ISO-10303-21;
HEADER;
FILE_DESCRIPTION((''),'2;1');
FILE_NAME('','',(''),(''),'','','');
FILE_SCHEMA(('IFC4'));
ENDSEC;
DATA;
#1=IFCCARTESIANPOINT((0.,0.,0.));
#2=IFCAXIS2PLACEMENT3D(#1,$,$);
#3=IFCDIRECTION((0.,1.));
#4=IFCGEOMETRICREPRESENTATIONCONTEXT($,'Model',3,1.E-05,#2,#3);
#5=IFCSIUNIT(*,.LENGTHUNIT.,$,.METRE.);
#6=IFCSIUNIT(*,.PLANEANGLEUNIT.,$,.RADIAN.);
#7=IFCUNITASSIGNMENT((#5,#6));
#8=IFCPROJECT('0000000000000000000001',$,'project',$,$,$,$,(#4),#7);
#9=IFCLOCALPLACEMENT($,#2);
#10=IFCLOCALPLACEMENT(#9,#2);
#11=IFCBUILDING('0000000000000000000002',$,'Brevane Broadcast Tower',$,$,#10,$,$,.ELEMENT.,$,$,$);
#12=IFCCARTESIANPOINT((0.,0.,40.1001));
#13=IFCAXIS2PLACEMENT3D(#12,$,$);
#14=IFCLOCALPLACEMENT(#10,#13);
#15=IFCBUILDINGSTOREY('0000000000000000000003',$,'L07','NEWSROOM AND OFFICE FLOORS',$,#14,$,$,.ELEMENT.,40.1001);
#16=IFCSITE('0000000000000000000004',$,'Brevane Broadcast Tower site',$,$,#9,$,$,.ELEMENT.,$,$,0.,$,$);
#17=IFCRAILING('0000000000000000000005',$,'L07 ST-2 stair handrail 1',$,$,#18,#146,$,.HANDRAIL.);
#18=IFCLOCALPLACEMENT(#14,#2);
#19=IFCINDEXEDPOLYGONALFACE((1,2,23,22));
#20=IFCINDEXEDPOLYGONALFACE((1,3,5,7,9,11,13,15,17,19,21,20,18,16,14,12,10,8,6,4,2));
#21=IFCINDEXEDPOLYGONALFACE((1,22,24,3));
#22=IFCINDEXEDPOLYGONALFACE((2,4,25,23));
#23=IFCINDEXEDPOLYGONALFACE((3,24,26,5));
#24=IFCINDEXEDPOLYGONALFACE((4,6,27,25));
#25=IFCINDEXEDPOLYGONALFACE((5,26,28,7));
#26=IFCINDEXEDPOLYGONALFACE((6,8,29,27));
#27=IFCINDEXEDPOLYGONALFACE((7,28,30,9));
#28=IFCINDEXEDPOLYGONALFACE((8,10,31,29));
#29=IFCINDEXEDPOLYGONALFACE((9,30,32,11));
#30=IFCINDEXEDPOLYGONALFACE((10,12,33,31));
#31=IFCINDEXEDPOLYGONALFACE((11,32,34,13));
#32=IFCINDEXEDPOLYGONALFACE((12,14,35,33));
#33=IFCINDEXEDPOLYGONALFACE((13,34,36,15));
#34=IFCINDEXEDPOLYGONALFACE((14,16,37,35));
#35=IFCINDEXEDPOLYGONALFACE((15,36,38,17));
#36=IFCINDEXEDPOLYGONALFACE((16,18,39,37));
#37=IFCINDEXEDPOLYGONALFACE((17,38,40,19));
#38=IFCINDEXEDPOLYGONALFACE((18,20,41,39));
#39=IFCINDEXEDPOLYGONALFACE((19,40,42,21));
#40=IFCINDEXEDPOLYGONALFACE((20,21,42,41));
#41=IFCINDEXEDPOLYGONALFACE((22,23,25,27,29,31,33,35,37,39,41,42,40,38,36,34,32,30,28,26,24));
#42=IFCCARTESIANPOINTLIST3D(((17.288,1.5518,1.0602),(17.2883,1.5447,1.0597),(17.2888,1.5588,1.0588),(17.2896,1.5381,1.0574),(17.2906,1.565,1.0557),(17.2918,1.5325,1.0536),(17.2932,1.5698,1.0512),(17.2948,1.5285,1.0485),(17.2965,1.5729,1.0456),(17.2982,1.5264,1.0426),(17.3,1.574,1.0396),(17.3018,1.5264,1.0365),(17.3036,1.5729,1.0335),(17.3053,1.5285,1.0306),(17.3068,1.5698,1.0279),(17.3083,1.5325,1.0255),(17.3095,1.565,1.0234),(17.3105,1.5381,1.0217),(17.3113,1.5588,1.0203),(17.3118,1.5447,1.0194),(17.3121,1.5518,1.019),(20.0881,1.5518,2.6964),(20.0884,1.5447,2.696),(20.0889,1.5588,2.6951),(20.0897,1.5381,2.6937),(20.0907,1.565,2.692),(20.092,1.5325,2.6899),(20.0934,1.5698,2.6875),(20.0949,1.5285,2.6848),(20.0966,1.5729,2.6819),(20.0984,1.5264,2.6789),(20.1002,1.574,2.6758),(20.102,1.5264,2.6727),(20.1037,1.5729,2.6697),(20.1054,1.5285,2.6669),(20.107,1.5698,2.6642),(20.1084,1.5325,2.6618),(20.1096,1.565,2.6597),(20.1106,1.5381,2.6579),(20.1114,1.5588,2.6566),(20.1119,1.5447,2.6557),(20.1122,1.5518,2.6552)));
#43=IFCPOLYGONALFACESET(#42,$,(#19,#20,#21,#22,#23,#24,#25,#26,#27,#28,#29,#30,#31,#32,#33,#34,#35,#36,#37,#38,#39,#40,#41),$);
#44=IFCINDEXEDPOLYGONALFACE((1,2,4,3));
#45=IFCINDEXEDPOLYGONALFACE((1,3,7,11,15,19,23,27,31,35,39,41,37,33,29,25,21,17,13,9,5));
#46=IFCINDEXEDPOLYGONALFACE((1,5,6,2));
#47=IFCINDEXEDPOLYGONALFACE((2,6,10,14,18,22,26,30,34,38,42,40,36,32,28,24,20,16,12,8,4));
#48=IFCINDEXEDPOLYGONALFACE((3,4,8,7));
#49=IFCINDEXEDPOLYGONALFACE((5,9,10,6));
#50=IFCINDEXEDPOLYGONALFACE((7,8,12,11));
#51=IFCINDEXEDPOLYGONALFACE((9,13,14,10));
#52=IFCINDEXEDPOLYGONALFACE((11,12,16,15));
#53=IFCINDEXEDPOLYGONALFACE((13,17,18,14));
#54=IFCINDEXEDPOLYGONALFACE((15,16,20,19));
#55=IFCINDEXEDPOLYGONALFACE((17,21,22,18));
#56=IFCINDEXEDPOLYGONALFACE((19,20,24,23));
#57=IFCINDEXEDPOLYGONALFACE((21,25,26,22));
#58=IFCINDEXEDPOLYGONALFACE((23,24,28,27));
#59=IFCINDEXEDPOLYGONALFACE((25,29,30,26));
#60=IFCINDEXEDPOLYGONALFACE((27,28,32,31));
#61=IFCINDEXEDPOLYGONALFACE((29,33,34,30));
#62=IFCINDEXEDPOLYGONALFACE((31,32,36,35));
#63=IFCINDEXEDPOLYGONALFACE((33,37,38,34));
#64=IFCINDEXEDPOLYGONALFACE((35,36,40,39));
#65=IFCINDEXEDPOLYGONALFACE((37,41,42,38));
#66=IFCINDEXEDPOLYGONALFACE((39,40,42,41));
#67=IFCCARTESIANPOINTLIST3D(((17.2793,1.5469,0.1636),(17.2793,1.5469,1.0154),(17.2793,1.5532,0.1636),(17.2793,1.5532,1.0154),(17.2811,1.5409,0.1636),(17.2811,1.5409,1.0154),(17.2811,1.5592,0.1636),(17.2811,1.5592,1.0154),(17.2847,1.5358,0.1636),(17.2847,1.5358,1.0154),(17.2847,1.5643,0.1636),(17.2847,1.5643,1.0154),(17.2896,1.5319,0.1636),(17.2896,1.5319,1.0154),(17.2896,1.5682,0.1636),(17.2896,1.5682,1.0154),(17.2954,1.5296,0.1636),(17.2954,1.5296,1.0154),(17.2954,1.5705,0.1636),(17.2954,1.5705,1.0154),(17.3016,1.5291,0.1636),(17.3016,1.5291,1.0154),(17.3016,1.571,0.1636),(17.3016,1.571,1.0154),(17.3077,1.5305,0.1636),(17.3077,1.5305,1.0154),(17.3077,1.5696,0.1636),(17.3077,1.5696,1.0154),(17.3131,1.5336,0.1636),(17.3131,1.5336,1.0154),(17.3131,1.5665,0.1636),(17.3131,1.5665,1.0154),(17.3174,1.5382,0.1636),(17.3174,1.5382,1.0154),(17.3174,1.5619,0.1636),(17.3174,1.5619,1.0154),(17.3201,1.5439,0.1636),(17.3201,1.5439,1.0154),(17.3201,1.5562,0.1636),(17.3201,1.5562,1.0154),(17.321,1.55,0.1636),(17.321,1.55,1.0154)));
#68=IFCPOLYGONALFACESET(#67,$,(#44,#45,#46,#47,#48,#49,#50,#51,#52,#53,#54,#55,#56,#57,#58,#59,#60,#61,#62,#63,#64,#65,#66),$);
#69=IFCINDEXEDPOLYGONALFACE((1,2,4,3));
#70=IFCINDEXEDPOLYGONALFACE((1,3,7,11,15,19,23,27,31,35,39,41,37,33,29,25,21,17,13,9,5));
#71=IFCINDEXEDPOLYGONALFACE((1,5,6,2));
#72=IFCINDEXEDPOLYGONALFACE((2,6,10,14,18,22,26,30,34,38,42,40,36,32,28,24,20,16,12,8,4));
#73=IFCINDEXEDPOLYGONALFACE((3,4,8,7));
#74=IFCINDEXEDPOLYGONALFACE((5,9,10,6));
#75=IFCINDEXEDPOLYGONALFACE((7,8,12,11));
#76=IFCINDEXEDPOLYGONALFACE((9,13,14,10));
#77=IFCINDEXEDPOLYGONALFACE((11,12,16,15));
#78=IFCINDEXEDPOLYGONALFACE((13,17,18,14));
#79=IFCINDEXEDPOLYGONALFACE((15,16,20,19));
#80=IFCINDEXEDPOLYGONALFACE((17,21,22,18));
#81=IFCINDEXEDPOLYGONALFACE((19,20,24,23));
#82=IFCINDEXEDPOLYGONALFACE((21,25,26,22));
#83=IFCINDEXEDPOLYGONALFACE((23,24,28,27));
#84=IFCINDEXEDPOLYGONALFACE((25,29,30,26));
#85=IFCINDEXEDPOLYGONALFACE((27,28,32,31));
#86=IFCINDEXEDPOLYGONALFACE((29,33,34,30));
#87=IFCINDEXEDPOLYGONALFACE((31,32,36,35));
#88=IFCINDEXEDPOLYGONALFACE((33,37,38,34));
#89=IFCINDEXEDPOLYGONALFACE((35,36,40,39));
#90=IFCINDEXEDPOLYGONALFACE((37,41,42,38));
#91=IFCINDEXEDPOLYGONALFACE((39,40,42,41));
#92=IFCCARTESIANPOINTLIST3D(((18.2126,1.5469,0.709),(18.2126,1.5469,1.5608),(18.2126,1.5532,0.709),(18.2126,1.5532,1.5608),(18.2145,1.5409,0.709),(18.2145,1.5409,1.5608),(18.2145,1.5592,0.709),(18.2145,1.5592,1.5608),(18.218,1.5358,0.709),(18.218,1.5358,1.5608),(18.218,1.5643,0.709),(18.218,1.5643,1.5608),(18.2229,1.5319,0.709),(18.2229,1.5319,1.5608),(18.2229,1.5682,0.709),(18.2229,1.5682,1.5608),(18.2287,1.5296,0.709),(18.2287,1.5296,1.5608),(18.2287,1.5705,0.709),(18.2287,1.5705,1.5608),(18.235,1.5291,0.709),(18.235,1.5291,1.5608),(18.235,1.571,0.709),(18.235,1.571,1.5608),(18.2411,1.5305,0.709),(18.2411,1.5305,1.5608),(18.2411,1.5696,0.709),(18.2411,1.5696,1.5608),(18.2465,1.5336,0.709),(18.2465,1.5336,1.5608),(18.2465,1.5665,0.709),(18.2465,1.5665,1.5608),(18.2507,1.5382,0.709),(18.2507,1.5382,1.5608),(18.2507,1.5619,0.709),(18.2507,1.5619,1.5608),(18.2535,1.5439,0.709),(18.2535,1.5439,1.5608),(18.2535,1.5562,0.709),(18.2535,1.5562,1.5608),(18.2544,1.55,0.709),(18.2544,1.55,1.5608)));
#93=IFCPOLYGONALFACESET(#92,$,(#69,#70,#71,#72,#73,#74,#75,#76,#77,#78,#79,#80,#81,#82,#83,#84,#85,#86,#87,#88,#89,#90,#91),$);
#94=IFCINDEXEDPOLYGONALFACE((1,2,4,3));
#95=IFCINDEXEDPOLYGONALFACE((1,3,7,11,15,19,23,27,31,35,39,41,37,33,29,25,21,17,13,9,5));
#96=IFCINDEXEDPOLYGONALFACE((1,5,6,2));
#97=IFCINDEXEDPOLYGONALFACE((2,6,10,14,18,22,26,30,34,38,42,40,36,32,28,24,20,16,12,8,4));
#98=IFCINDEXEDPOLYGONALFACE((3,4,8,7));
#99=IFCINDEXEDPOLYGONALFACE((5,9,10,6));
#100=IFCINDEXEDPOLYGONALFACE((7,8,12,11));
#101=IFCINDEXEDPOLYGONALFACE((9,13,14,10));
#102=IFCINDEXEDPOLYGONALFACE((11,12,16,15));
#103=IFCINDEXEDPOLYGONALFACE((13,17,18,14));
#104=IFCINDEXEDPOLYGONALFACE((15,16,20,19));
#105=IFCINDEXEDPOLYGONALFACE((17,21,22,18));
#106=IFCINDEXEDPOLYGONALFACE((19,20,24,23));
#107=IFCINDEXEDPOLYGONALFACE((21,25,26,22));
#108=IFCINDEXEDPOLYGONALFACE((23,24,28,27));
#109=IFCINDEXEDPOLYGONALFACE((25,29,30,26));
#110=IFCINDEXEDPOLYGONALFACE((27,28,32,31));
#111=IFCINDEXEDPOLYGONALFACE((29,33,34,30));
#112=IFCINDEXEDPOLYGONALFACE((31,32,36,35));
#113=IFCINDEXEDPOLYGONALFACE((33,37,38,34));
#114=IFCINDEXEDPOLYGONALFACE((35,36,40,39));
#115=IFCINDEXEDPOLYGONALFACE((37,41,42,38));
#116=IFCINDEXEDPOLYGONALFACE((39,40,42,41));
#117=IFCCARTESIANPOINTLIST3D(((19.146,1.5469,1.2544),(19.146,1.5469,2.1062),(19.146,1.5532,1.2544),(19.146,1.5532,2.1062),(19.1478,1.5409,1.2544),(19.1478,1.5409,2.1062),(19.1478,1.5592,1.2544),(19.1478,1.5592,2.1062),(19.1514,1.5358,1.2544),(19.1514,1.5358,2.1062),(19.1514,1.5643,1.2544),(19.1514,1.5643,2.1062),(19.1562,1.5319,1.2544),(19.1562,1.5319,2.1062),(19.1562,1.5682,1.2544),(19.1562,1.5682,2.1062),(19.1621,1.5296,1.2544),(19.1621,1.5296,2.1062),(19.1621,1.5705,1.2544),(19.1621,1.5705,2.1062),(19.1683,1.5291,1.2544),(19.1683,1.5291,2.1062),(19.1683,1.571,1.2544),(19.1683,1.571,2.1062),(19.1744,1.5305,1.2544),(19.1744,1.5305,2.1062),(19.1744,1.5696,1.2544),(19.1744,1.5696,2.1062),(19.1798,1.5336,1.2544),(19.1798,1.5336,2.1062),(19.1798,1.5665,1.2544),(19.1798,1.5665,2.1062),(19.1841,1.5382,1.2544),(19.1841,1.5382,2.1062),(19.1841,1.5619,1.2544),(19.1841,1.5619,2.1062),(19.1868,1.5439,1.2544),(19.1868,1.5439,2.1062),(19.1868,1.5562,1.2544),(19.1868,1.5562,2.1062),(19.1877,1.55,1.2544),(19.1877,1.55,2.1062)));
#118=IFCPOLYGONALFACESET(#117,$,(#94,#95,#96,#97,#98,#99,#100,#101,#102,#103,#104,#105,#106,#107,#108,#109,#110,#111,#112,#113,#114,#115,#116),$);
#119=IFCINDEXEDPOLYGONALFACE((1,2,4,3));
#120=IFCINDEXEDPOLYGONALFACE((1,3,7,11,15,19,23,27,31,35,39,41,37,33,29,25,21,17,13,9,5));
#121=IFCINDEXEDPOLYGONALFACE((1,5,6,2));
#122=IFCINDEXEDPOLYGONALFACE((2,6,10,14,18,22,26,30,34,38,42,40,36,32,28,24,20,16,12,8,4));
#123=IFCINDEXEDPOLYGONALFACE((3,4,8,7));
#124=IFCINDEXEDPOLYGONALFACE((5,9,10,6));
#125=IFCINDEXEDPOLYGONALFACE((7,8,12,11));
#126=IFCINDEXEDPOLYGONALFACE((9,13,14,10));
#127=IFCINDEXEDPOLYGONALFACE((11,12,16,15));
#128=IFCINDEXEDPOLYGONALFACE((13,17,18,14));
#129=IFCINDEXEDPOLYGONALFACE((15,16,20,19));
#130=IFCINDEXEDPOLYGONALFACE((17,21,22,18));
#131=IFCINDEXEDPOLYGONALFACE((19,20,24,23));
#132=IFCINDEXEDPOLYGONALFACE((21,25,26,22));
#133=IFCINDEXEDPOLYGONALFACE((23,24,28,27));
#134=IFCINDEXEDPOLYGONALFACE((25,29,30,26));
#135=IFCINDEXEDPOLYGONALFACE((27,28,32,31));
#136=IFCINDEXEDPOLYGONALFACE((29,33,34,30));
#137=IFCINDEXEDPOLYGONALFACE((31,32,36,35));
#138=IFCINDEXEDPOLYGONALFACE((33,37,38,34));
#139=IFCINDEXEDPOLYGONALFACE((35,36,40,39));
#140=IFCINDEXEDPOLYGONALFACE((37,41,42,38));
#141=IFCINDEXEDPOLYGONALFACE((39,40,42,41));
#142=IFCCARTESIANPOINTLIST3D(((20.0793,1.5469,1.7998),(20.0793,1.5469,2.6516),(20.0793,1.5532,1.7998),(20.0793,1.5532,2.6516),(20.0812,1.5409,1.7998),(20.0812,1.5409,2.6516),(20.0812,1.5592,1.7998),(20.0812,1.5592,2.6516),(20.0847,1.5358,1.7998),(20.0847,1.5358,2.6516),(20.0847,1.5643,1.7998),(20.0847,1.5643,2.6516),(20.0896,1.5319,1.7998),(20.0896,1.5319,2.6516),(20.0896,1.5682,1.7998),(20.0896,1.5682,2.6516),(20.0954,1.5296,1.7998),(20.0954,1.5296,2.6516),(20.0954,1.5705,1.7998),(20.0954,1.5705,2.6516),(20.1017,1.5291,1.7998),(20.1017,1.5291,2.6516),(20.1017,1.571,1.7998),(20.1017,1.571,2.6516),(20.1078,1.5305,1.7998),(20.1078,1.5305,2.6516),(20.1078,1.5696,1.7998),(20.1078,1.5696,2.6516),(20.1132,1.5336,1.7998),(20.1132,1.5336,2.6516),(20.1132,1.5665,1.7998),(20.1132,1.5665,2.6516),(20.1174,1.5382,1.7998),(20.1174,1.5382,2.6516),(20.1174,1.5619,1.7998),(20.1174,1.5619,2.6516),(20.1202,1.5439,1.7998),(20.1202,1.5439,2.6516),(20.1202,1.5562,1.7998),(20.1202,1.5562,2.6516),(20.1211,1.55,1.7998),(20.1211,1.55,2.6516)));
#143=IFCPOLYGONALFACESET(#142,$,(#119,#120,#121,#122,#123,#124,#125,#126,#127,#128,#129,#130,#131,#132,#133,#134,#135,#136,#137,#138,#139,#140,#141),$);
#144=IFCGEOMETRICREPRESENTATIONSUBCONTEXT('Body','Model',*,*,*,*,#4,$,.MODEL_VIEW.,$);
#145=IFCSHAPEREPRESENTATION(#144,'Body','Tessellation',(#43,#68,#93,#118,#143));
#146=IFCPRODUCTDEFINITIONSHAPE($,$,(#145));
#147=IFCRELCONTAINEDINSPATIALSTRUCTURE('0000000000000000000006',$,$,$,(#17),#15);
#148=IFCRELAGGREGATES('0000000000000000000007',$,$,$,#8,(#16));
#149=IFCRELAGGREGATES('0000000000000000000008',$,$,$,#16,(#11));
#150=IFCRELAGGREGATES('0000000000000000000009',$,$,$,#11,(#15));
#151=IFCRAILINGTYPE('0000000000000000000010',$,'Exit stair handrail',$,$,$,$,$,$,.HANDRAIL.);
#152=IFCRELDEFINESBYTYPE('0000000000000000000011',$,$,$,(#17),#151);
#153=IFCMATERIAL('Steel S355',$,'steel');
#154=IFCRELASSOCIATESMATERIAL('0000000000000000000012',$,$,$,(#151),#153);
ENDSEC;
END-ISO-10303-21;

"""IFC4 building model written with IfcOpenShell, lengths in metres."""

from ifc_helpers import new_model, si_unit, direction, frame, origin, origin_2d, place, context, subcontext, project, spatial, circle, extrude, material, type_object, element, save


model = new_model("IFC4")

# Units and contexts
model_context = context("Model", 3, precision=1e-05, world=origin(), true_north=direction((0.0, 1.0)))
body_context = subcontext(model_context, "Body", "Model", "MODEL_VIEW")
ifc_project = project(units=[si_unit("LENGTHUNIT", "METRE"), si_unit("PLANEANGLEUNIT", "RADIAN")], contexts=[model_context])

# Site, building, storey
site_placement = place(None, origin())
site = spatial("IfcSite", under=ifc_project, at=site_placement, Name="Brevane Broadcast Tower site", CompositionType="ELEMENT", RefElevation=0.0)
building_placement = place(site_placement, origin())
building = spatial("IfcBuilding", under=site, at=building_placement, Name="Brevane Broadcast Tower", CompositionType="ELEMENT")
storey_placement = place(building_placement, frame((0.0, 0.0, 40.1001)))
storey = spatial("IfcBuildingStorey", under=building, at=storey_placement, Name="L07", Description="NEWSROOM AND OFFICE FLOORS", CompositionType="ELEMENT", Elevation=40.1001)

# Railing
ifc_material_1 = material(Name="Steel S355", Category="steel")
railing_type_1 = type_object("IfcRailingType", Name="Exit stair handrail", PredefinedType="HANDRAIL", material=ifc_material_1)
railing_1_placement = place(storey_placement, frame((17.3, 1.55, 0.1636)))
element("IfcRailing", 1, at=railing_1_placement, inside=storey, type_object=railing_type_1, Name="L07 ST-2 stair handrail 1", PredefinedType="HANDRAIL", context=body_context, shape_type="SweptSolid", body=[
    extrude(circle(Radius=0.0239, at=origin_2d()), frame((0.0, 0.0, 0.876), z_axis=(0.863394, 0.0, 0.504531), x_axis=(0.0, 1.0, 0.0)), (0.0, 0.0, 1.0), 3.2432),
    extrude(circle(Radius=0.021, at=origin_2d()), origin(), (0.0, 0.0, 1.0), 0.8518),
    extrude(circle(Radius=0.021, at=origin_2d()), frame((0.9333, 0.0, 0.5454)), (0.0, 0.0, 1.0), 0.8518),
    extrude(circle(Radius=0.021, at=origin_2d()), frame((1.8667, 0.0, 1.0908)), (0.0, 0.0, 1.0), 0.8518),
    extrude(circle(Radius=0.021, at=origin_2d()), frame((2.8, 0.0, 1.6362)), (0.0, 0.0, 1.0), 0.8518),
])

save(model, "model.ifc")
